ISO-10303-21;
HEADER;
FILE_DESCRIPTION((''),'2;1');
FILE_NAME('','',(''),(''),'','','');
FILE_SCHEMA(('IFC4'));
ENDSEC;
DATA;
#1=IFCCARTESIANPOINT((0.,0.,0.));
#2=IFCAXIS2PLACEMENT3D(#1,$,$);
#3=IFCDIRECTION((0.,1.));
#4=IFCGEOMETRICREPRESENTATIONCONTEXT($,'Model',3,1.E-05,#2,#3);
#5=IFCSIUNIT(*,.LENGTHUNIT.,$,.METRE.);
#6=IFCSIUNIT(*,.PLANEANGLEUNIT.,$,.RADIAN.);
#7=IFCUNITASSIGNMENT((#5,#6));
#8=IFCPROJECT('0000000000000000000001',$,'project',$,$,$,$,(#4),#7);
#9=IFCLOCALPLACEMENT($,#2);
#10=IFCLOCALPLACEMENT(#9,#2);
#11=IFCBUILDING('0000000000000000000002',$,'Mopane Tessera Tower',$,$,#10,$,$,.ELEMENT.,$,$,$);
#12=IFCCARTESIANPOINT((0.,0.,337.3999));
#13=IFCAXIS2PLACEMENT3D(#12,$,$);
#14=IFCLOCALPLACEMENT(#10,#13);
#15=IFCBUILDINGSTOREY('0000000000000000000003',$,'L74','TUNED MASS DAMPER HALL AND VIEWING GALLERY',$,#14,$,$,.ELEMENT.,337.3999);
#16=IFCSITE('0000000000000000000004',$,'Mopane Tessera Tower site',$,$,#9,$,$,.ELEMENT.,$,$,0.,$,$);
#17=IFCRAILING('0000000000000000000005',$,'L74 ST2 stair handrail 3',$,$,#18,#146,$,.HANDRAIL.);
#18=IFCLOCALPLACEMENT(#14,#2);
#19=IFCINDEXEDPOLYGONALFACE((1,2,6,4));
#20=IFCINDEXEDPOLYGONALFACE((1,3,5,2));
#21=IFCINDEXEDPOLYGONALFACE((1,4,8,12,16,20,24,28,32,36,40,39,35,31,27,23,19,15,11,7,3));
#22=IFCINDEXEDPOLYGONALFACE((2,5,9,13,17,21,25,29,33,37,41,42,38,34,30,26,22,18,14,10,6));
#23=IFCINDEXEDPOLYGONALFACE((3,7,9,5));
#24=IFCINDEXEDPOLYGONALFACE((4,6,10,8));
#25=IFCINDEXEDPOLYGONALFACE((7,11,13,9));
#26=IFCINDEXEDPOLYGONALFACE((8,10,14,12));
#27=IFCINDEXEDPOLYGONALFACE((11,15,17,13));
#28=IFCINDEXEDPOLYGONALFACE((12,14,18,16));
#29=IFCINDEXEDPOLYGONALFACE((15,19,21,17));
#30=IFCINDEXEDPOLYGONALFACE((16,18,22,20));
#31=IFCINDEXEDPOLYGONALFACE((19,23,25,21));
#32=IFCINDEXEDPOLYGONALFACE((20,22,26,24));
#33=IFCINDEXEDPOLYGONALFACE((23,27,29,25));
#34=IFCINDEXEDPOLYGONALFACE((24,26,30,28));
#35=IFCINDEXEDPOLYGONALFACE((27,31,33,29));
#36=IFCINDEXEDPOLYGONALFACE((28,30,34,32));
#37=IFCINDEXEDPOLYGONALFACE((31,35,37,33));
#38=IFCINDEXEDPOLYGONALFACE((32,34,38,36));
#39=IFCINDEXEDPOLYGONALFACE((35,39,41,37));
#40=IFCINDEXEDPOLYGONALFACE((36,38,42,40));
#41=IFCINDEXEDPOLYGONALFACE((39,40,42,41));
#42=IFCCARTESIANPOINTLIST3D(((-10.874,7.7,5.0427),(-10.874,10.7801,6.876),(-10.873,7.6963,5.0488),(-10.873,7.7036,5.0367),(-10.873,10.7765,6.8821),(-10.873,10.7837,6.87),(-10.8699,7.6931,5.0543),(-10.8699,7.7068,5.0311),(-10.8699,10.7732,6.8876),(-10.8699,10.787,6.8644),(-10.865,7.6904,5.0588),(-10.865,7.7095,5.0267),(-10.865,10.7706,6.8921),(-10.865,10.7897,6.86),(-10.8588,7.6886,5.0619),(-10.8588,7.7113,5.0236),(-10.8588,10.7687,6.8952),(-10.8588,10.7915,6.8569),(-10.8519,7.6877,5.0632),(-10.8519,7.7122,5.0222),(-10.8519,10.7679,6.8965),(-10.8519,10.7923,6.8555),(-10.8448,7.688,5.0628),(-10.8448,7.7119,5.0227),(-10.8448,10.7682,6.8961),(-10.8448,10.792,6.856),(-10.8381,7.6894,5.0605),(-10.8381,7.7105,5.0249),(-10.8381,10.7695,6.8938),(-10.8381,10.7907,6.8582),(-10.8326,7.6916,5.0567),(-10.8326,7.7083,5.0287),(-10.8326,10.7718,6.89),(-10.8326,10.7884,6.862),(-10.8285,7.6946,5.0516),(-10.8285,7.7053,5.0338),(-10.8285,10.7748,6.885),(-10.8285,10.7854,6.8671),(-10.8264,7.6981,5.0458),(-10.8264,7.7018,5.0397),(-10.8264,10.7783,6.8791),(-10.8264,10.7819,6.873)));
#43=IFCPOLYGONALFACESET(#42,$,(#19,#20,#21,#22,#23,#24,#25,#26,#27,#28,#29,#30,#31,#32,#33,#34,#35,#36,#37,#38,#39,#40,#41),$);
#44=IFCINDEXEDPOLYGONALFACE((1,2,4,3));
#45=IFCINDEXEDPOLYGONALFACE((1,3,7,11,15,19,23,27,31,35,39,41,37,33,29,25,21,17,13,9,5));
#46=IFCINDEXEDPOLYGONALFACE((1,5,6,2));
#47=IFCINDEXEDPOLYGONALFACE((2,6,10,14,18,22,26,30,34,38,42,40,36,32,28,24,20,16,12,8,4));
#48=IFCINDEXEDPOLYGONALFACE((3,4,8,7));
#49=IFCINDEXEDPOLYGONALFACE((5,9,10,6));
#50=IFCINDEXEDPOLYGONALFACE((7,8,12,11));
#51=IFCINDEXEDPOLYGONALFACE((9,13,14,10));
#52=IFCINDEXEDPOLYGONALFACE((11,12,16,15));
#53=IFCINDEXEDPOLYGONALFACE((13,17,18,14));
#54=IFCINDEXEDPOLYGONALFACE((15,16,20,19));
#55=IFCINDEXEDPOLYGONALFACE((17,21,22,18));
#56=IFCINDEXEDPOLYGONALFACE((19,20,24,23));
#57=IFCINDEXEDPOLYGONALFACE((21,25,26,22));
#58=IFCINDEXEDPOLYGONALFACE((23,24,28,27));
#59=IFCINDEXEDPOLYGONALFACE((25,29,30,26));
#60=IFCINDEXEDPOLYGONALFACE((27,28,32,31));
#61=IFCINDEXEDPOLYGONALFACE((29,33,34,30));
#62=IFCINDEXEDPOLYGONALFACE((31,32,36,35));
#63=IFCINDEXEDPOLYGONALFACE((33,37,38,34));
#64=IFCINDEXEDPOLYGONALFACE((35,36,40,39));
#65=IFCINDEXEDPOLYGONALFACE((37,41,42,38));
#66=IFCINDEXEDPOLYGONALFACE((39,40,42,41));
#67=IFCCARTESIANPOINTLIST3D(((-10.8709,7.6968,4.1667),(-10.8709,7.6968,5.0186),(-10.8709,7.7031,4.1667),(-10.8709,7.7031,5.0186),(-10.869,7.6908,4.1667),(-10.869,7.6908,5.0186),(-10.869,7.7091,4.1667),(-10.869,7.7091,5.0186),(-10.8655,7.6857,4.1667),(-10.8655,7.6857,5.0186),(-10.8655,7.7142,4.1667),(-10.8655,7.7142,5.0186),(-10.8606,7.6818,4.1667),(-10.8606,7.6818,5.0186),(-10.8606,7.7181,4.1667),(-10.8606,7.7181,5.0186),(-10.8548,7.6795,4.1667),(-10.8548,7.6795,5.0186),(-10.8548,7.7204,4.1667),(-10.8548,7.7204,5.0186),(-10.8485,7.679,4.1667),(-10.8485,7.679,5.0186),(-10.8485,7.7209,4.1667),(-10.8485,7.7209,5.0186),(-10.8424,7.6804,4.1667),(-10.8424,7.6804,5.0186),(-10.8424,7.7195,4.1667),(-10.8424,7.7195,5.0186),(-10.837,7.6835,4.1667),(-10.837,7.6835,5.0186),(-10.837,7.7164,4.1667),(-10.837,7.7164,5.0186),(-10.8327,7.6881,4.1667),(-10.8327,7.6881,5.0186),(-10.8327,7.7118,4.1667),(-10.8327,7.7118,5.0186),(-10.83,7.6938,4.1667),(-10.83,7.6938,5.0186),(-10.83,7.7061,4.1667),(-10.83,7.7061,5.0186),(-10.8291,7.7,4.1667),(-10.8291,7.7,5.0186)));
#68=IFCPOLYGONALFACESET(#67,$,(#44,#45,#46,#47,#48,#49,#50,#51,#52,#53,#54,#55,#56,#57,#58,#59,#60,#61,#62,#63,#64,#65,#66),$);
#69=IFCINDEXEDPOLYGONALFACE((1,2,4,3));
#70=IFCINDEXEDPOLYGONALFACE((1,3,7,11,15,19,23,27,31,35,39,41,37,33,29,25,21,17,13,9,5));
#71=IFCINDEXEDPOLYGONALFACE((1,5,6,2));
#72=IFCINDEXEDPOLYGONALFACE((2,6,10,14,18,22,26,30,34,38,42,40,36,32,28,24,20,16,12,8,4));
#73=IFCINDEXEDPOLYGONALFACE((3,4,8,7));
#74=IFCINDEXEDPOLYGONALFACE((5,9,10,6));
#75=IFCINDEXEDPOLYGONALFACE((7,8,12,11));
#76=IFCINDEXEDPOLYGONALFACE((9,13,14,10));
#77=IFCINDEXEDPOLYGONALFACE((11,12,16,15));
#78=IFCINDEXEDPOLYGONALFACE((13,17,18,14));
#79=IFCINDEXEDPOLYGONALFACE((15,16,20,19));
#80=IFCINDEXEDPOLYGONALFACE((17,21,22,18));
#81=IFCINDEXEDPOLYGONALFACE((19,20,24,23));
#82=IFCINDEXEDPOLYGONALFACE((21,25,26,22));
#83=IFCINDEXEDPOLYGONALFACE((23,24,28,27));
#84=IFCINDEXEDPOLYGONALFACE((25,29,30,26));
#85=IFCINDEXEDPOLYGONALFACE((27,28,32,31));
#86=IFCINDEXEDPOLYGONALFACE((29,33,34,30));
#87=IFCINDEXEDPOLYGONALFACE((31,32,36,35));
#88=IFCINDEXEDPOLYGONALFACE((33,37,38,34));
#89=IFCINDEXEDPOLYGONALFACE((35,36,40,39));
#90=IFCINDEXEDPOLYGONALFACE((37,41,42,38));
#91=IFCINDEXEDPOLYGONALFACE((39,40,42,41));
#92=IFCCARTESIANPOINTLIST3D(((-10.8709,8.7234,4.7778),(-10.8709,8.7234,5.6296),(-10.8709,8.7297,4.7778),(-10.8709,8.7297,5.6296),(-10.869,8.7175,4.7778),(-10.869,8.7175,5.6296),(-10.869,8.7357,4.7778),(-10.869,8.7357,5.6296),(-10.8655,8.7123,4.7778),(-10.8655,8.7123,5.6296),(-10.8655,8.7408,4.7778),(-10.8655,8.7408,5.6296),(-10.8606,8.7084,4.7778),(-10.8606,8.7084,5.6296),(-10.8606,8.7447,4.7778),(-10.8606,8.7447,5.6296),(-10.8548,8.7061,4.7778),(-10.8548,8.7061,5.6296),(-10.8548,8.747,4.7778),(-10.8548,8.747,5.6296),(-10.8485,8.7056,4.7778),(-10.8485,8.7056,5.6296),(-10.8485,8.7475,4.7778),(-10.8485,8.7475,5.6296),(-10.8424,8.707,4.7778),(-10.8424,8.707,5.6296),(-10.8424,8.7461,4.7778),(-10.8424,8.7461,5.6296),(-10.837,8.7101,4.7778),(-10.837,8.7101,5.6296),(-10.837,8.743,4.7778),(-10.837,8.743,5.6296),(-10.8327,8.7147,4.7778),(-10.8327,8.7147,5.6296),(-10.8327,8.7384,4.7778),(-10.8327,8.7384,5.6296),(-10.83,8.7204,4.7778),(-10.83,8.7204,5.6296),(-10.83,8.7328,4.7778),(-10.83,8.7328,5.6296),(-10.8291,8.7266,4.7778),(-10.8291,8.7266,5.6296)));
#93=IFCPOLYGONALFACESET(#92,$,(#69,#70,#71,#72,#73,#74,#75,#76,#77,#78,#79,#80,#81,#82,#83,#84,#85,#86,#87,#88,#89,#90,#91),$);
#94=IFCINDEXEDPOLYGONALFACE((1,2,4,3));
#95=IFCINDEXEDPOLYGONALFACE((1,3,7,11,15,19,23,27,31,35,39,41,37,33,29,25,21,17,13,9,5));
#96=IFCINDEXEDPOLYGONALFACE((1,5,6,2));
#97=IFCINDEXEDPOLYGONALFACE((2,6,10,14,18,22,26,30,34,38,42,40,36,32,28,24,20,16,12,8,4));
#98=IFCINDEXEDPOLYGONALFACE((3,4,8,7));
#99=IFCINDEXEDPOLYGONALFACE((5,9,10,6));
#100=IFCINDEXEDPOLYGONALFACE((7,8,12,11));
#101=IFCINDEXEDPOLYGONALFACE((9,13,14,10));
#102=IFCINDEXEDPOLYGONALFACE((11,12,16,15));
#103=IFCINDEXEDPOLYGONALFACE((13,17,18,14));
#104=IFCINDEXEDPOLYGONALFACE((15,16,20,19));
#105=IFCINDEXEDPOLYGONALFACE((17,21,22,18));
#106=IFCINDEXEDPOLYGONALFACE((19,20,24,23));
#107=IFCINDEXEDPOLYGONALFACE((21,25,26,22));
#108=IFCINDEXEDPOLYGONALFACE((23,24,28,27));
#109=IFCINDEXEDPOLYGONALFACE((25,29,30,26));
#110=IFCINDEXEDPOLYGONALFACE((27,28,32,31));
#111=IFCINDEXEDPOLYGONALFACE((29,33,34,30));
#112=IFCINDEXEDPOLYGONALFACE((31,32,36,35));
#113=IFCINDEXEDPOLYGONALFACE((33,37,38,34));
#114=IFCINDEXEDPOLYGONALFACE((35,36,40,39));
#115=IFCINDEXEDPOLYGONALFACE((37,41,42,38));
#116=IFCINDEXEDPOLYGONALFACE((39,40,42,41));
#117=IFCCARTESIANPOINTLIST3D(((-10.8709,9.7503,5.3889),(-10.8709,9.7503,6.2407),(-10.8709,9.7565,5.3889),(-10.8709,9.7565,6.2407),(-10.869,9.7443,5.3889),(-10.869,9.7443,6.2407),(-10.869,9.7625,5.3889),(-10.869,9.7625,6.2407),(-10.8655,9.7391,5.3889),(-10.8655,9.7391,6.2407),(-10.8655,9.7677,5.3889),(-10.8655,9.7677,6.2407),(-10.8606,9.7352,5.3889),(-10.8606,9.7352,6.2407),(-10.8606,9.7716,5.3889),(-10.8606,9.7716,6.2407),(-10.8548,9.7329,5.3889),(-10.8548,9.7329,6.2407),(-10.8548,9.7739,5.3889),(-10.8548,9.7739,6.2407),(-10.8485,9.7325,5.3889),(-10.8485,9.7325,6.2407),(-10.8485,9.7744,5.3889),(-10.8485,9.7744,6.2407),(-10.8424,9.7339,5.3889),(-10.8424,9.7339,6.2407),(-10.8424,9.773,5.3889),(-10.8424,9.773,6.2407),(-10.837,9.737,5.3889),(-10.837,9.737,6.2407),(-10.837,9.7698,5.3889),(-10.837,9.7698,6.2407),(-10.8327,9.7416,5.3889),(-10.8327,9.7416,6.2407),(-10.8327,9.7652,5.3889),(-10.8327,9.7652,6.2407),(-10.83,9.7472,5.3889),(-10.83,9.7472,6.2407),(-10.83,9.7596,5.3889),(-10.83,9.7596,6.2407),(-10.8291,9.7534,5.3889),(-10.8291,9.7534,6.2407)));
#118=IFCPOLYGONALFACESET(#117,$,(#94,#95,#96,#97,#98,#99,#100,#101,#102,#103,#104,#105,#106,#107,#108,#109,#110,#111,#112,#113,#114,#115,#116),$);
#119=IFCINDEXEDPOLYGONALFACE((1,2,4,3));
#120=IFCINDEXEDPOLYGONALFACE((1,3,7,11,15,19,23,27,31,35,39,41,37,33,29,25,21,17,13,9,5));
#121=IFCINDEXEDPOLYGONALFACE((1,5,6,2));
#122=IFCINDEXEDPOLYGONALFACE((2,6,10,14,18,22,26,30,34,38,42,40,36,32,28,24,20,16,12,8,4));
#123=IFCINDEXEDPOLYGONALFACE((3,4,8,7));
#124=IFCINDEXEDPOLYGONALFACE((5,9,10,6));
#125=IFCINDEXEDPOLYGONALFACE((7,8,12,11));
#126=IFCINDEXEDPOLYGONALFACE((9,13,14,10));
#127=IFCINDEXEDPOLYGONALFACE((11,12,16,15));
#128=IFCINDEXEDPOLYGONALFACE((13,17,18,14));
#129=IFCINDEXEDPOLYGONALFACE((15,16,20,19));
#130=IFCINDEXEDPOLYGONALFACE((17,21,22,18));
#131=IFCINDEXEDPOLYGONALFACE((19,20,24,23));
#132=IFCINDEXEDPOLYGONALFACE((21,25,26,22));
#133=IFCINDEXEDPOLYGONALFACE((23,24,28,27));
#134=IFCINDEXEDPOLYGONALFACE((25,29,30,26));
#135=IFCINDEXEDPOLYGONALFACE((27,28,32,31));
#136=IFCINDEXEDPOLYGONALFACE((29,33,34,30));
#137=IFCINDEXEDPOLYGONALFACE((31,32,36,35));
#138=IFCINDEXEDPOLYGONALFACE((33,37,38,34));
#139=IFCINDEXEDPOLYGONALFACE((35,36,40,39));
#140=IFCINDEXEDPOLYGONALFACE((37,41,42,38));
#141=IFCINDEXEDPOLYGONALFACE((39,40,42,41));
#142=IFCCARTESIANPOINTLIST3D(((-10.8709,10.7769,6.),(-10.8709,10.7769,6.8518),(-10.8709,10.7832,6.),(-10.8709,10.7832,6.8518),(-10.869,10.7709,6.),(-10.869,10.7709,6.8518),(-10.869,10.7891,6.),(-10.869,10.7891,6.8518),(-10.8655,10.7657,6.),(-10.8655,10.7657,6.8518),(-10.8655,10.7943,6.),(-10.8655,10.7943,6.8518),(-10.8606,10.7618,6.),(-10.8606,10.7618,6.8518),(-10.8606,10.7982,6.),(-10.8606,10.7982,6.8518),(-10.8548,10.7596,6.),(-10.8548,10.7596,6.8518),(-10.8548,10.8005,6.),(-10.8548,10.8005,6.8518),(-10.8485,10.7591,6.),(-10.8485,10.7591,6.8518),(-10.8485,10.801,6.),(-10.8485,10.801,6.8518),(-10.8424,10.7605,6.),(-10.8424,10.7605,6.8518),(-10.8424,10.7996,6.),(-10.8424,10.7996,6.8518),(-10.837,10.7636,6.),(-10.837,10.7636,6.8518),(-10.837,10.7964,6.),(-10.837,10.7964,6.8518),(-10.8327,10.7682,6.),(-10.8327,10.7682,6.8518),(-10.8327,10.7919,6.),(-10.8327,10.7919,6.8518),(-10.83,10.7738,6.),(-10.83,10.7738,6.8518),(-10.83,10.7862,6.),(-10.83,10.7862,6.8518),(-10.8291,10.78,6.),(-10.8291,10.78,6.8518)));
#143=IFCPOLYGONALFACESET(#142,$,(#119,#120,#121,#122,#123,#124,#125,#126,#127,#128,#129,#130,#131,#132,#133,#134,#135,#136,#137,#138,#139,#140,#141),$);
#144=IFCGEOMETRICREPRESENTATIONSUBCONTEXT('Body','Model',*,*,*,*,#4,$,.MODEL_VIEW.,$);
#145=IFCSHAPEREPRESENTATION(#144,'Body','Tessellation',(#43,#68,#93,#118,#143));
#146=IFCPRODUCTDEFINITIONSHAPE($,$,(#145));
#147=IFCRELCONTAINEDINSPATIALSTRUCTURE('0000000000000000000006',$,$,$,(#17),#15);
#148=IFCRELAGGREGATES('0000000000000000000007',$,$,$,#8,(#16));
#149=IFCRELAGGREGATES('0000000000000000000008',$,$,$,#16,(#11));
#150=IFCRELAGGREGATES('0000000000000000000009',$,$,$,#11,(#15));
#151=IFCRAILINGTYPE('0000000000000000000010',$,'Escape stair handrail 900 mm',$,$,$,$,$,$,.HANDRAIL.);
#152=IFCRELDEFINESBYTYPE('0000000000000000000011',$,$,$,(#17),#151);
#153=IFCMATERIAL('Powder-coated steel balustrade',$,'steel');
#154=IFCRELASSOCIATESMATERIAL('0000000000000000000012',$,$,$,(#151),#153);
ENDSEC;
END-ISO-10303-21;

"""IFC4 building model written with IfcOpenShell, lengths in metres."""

from ifc_helpers import new_model, si_unit, direction, frame, origin, origin_2d, place, context, subcontext, project, spatial, circle, extrude, material, type_object, element, save


model = new_model("IFC4")

# Units and contexts
model_context = context("Model", 3, precision=1e-05, world=origin(), true_north=direction((0.0, 1.0)))
body_context = subcontext(model_context, "Body", "Model", "MODEL_VIEW")
ifc_project = project(units=[si_unit("LENGTHUNIT", "METRE"), si_unit("PLANEANGLEUNIT", "RADIAN")], contexts=[model_context])

# Site, building, storey
site_placement = place(None, origin())
site = spatial("IfcSite", under=ifc_project, at=site_placement, Name="Mopane Tessera Tower site", CompositionType="ELEMENT", RefElevation=0.0)
building_placement = place(site_placement, origin())
building = spatial("IfcBuilding", under=site, at=building_placement, Name="Mopane Tessera Tower", CompositionType="ELEMENT")
storey_placement = place(building_placement, frame((0.0, 0.0, 337.3999)))
storey = spatial("IfcBuildingStorey", under=building, at=storey_placement, Name="L74", Description="TUNED MASS DAMPER HALL AND VIEWING GALLERY", CompositionType="ELEMENT", Elevation=337.3999)

# Railing
ifc_material_1 = material(Name="Powder-coated steel balustrade", Category="steel")
railing_type_1 = type_object("IfcRailingType", Name="Escape stair handrail 900 mm", PredefinedType="HANDRAIL", material=ifc_material_1)
for number, where, name in (
    (1, (-10.8501, 7.7, 4.1667), "L74 ST2 stair handrail 3"),
):
    element("IfcRailing", number, at=place(storey_placement, frame(where)), inside=storey, type_object=railing_type_1, Name=name, PredefinedType="HANDRAIL", context=body_context, shape_type="SweptSolid", body=[
        extrude(circle(Radius=0.0239, at=origin_2d()), frame((0.0, 0.0, 0.876), z_axis=(0.0, 0.859309, 0.511458), x_axis=(-1.0, 0.0, 0.0)), (0.0, 0.0, 1.0), 3.5845),
        extrude(circle(Radius=0.021, at=origin_2d()), origin(), (0.0, 0.0, 1.0), 0.8518),
        extrude(circle(Radius=0.021, at=origin_2d()), frame((0.0, 1.0266, 0.6111)), (0.0, 0.0, 1.0), 0.8518),
        extrude(circle(Radius=0.021, at=origin_2d()), frame((0.0, 2.0535, 1.2222)), (0.0, 0.0, 1.0), 0.8518),
        extrude(circle(Radius=0.021, at=origin_2d()), frame((0.0, 3.0801, 1.8333)), (0.0, 0.0, 1.0), 0.8518),
    ])

save(model, "model.ifc")
